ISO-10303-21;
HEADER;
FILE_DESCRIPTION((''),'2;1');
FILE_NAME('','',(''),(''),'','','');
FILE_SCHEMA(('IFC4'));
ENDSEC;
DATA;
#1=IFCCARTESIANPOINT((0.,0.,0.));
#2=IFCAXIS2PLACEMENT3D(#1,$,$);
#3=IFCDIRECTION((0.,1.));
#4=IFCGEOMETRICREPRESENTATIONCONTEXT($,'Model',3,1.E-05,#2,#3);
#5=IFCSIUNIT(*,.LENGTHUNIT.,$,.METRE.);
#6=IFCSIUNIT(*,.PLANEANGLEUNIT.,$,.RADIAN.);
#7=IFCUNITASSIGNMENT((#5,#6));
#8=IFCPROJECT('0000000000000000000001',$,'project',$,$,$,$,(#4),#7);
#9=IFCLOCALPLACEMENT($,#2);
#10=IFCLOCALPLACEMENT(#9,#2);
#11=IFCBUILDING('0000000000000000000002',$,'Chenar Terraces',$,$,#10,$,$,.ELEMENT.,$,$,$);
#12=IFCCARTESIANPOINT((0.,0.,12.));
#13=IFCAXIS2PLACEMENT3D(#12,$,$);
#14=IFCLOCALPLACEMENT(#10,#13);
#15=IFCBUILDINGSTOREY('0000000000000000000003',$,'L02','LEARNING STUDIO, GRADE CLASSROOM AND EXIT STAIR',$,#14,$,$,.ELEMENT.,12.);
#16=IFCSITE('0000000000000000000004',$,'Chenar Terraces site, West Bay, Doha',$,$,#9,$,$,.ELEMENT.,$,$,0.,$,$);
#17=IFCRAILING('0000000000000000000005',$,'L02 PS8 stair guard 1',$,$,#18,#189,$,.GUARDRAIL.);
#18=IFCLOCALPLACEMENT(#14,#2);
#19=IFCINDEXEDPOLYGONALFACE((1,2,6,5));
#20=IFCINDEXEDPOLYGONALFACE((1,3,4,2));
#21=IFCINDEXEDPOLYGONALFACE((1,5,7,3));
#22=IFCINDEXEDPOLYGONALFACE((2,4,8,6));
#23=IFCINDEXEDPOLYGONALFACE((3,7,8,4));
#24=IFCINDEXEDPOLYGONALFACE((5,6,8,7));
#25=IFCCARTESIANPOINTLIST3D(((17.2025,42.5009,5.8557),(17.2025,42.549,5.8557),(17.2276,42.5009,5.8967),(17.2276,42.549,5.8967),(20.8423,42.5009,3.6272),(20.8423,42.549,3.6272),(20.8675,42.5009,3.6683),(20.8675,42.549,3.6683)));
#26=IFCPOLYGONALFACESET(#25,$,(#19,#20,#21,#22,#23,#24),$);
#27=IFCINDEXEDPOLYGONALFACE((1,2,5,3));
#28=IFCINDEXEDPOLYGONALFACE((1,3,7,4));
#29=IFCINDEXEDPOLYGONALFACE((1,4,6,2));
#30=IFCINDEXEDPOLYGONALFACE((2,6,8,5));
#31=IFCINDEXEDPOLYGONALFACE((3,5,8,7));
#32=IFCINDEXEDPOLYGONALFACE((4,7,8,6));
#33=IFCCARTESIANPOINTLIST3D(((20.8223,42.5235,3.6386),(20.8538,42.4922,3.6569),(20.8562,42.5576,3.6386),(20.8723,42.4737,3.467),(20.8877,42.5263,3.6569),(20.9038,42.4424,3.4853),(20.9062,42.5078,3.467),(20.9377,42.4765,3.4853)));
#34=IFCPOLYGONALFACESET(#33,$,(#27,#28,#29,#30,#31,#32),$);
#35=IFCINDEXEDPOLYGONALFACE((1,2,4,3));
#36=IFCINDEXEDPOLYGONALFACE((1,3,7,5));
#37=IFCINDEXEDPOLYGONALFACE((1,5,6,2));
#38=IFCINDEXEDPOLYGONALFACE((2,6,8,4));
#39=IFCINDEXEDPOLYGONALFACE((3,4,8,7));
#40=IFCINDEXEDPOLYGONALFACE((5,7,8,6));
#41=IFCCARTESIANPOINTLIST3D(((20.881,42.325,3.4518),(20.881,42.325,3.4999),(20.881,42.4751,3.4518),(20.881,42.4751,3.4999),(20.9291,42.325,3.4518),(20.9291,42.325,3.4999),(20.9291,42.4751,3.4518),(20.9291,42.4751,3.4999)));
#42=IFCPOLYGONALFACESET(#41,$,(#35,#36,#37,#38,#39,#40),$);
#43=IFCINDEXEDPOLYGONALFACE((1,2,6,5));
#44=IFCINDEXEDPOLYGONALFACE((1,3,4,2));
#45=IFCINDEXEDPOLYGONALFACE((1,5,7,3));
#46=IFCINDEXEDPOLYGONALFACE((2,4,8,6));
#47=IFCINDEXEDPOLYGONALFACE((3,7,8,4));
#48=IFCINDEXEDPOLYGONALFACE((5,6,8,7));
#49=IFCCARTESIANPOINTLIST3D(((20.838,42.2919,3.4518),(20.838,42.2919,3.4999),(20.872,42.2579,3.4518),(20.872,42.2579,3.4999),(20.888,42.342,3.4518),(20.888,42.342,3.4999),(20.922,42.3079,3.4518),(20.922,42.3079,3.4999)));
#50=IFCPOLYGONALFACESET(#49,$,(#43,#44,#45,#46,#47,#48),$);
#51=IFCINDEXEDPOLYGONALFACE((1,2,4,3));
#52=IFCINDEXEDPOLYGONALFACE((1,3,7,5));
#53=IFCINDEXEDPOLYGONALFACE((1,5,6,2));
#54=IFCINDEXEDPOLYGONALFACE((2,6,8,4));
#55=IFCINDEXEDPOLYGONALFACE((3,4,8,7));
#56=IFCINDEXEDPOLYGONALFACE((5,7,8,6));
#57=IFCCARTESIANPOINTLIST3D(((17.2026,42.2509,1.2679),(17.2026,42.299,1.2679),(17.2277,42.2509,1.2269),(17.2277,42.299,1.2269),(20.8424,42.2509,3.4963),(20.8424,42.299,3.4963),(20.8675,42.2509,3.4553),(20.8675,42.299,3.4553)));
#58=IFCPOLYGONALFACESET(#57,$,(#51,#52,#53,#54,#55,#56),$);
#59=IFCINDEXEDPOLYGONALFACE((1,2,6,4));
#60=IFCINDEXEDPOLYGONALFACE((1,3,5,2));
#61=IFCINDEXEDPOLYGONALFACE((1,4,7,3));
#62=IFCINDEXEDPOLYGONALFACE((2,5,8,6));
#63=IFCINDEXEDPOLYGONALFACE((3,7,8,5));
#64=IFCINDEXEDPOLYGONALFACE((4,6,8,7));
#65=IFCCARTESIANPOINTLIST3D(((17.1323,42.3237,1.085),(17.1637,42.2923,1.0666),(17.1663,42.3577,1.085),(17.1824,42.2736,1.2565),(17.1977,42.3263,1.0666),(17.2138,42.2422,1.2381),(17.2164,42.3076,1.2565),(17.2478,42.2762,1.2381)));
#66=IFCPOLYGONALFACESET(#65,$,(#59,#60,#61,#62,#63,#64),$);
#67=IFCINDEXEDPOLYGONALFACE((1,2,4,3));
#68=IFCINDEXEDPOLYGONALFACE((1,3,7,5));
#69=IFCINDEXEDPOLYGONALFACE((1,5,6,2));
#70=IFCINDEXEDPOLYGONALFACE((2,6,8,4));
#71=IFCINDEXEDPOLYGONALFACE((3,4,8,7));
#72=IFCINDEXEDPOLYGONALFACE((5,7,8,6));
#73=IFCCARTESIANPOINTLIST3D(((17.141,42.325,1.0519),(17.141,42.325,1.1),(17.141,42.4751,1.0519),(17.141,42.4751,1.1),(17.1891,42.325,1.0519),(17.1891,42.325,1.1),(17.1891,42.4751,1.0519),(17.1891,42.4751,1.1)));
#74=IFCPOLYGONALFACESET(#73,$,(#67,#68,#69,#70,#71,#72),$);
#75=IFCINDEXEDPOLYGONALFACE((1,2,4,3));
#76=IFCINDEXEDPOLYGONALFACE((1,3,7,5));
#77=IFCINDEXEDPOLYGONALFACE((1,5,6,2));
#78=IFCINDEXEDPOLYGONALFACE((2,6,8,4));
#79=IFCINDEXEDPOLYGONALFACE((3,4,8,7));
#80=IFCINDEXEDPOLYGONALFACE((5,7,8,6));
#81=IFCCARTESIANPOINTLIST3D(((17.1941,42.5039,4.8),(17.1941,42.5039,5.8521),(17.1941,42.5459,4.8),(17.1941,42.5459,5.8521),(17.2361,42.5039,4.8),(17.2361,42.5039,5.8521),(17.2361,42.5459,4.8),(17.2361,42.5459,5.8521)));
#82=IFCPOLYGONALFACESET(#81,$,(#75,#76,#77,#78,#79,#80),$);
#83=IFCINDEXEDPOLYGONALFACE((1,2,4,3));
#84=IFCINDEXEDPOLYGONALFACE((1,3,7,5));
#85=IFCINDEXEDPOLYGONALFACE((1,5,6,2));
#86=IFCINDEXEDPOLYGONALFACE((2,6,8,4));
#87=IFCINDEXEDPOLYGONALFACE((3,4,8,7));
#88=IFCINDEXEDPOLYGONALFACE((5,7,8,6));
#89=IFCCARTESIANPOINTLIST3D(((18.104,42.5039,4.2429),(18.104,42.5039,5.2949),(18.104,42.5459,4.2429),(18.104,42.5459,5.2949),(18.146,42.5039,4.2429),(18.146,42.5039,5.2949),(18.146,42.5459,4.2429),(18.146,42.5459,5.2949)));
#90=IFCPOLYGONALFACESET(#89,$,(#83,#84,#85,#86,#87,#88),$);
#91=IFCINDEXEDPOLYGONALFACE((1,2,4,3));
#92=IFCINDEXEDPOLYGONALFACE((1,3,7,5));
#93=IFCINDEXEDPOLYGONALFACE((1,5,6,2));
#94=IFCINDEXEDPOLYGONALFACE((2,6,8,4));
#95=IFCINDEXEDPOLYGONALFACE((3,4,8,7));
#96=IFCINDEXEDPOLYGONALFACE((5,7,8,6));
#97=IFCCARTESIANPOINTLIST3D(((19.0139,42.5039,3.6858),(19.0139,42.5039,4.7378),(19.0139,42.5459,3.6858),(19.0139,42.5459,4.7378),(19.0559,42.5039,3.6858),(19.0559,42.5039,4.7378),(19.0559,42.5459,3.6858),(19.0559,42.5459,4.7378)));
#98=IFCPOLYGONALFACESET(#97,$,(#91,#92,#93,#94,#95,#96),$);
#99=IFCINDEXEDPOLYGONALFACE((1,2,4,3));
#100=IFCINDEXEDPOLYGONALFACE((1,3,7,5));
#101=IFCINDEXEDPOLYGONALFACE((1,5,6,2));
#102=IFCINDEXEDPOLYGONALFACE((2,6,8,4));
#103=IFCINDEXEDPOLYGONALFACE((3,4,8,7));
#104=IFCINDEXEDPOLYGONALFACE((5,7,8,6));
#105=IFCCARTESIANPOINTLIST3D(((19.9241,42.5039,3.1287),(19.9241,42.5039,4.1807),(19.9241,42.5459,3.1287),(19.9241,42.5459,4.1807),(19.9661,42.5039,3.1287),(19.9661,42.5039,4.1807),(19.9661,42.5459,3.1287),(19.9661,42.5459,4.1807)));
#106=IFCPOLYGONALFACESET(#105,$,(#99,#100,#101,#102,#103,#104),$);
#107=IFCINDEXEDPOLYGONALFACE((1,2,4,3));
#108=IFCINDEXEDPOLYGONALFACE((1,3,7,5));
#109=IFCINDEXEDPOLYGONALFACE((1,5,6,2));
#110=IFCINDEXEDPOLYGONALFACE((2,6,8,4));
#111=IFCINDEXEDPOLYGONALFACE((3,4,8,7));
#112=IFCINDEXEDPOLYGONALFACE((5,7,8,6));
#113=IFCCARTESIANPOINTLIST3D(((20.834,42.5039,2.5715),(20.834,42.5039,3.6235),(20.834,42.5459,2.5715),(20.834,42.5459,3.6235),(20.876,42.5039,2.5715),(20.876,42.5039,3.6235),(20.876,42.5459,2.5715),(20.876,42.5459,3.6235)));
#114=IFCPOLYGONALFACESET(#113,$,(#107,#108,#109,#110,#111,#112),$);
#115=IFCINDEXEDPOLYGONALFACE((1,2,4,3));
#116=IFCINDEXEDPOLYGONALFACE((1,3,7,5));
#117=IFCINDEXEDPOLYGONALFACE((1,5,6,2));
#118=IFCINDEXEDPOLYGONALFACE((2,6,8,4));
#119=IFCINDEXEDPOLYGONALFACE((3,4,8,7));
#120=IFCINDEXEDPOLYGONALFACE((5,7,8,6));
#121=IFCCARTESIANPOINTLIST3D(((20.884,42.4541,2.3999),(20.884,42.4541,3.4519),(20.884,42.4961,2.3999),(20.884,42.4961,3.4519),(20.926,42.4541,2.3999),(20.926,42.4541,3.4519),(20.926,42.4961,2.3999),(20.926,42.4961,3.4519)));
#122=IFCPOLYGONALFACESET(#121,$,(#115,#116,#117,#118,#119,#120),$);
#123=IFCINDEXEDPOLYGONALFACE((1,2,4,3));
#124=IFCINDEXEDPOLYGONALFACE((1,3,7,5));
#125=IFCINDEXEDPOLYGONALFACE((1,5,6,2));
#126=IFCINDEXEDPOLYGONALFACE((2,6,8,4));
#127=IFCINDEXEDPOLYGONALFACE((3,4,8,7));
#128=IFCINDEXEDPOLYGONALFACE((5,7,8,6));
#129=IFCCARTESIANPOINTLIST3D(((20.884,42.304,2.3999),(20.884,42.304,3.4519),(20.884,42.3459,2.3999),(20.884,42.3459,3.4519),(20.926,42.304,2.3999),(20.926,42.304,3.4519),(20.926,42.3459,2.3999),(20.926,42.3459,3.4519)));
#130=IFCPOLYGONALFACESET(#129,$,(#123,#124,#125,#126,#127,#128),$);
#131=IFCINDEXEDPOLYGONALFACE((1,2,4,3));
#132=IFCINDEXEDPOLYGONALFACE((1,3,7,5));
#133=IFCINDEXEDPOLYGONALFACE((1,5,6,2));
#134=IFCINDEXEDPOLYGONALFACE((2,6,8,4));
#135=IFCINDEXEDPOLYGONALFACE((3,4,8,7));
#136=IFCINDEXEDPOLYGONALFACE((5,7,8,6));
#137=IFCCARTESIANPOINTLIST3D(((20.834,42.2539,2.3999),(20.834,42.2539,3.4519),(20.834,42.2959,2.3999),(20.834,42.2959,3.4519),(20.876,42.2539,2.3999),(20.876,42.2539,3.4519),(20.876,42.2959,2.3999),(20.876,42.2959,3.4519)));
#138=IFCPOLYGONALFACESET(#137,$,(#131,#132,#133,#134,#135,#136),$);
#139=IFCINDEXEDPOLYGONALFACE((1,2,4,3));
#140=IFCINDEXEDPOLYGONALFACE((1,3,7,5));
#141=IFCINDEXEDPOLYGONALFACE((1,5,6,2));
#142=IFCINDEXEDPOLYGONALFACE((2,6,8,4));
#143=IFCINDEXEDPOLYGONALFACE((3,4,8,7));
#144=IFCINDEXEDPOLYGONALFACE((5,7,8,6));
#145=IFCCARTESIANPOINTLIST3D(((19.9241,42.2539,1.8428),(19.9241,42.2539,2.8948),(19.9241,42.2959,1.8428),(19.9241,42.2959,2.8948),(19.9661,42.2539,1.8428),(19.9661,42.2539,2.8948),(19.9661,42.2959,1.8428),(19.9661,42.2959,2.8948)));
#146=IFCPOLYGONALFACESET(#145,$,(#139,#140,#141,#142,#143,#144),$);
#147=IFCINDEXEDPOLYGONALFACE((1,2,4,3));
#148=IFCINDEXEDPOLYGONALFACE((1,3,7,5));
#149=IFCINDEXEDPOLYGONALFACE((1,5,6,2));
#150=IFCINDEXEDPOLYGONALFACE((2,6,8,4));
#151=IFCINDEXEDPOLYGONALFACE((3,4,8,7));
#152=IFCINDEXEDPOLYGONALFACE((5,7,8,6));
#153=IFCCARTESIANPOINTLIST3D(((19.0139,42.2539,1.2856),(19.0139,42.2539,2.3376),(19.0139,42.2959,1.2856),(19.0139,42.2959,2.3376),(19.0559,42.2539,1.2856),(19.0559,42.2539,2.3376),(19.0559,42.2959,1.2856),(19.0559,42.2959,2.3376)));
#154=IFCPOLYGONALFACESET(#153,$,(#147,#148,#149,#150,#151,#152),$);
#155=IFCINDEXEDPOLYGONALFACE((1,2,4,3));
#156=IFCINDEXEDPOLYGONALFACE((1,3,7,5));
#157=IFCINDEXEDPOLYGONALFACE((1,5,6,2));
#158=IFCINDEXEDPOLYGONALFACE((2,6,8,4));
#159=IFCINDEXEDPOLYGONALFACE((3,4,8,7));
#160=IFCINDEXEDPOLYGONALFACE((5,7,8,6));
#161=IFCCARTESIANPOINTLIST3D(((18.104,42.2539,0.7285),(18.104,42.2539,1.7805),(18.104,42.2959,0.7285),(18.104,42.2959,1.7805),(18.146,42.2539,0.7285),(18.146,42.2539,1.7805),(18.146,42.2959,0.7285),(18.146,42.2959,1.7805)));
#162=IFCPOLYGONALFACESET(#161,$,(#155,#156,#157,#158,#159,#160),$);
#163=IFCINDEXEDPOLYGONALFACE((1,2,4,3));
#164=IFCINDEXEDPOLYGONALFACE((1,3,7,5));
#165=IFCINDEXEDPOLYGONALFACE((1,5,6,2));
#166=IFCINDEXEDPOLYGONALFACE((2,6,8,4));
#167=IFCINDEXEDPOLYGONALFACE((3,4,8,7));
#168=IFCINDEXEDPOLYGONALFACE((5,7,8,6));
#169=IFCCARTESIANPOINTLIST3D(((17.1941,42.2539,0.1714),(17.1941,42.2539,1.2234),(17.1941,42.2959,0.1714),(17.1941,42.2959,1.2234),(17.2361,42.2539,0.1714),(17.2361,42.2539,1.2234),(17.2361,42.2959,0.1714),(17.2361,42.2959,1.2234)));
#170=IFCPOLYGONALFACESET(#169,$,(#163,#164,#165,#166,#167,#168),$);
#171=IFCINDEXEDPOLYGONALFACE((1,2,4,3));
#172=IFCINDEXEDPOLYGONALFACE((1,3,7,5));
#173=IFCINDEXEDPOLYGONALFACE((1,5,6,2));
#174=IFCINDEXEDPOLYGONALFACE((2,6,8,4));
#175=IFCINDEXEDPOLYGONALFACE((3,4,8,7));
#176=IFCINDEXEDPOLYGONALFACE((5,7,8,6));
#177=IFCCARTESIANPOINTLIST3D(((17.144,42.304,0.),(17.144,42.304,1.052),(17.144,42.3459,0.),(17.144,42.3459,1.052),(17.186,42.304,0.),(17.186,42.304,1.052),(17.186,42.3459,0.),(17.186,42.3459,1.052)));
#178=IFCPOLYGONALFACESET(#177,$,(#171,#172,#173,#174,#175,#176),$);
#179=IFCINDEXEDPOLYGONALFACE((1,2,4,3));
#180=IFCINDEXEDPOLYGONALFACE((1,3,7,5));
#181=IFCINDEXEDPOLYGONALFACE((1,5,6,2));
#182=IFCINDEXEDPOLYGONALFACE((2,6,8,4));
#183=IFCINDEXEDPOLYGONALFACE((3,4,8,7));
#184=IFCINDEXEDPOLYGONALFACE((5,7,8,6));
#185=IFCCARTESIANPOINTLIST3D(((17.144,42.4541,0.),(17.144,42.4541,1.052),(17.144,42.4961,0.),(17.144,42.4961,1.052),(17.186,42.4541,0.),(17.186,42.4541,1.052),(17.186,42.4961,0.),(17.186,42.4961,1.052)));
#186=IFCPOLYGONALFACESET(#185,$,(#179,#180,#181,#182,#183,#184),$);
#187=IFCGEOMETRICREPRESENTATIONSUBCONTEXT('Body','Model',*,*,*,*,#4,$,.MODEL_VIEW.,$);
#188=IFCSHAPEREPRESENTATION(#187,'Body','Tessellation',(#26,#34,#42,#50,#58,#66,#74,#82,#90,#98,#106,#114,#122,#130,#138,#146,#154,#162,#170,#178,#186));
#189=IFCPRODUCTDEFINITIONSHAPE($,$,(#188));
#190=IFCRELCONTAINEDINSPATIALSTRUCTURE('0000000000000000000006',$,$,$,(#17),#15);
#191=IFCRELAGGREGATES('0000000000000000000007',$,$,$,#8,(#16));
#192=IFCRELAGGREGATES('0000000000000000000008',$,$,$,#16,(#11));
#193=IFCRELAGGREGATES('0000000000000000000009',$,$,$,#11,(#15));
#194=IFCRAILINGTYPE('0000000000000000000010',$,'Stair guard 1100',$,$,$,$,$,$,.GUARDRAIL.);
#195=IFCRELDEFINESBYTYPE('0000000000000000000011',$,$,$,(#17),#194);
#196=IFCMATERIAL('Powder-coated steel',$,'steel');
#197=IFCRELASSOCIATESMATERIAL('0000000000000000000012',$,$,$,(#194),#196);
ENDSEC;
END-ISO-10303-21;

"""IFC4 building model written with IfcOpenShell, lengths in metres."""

from ifc_helpers import new_model, si_unit, direction, frame, origin, origin_2d, place, context, subcontext, project, spatial, rectangle, extrude, material, type_object, element, save


model = new_model("IFC4")

# Units and contexts
model_context = context("Model", 3, precision=1e-05, world=origin(), true_north=direction((0.0, 1.0)))
body_context = subcontext(model_context, "Body", "Model", "MODEL_VIEW")
ifc_project = project(units=[si_unit("LENGTHUNIT", "METRE"), si_unit("PLANEANGLEUNIT", "RADIAN")], contexts=[model_context])

# Site, building, storey
site_placement = place(None, origin())
site = spatial("IfcSite", under=ifc_project, at=site_placement, Name="Chenar Terraces site, West Bay, Doha", CompositionType="ELEMENT", RefElevation=0.0)
building_placement = place(site_placement, origin())
building = spatial("IfcBuilding", under=site, at=building_placement, Name="Chenar Terraces", CompositionType="ELEMENT")
storey_placement = place(building_placement, frame((0.0, 0.0, 12.0)))
storey = spatial("IfcBuildingStorey", under=building, at=storey_placement, Name="L02", Description="LEARNING STUDIO, GRADE CLASSROOM AND EXIT STAIR", CompositionType="ELEMENT", Elevation=12.0)

# Railing
ifc_material_1 = material(Name="Powder-coated steel", Category="steel")
railing_type_1 = type_object("IfcRailingType", Name="Stair guard 1100", PredefinedType="GUARDRAIL", material=ifc_material_1)
railing_1_placement = place(storey_placement, frame((17.2151, 42.5249, 4.8)))
element("IfcRailing", 1, at=railing_1_placement, inside=storey, type_object=railing_type_1, Name="L02 PS8 stair guard 1", PredefinedType="GUARDRAIL", context=body_context, shape_type="SweptSolid", body=[
    extrude(rectangle(XDim=0.0481, YDim=0.0481, at=origin_2d()), frame((0.0, 0.0, 1.0762), z_axis=(0.85285, 0.0, -0.522156), x_axis=(0.0, 1.0, 0.0)), (0.0, 0.0, 1.0), 4.2678),
    extrude(rectangle(XDim=0.0481, YDim=0.0481, at=origin_2d()), frame((3.6399, 0.0, -1.1523), z_axis=(0.269678, -0.268363, -0.9248), x_axis=(0.705376, 0.708834, 0.0)), (0.0, 0.0, 1.0), 0.1855),
    extrude(rectangle(XDim=0.0481, YDim=0.0481, at=origin_2d()), frame((3.6899, -0.0498, -1.3242), z_axis=(0.0, -1.0, 0.0), x_axis=(1.0, 0.0, 0.0)), (0.0, 0.0, 1.0), 0.1501),
    extrude(rectangle(XDim=0.0481, YDim=0.0481, at=origin_2d()), frame((3.6899, -0.2, -1.3242), z_axis=(-0.707107, -0.707107, 0.0), x_axis=(0.707107, -0.707107, 0.0)), (0.0, 0.0, 1.0), 0.0708),
    extrude(rectangle(XDim=0.0481, YDim=0.0481, at=origin_2d()), frame((3.6399, -0.25, -1.3242), z_axis=(-0.85285, 0.0, -0.522156), x_axis=(0.0, -1.0, 0.0)), (0.0, 0.0, 1.0), 4.2678),
    extrude(rectangle(XDim=0.0481, YDim=0.0481, at=origin_2d()), frame((0.0, -0.25, -3.5527), z_axis=(-0.269911, 0.269911, -0.924281), x_axis=(-0.707107, -0.707107, 0.0)), (0.0, 0.0, 1.0), 0.1855),
    extrude(rectangle(XDim=0.0481, YDim=0.0481, at=origin_2d()), frame((-0.05, -0.2, -3.7241), z_axis=(0.0, 1.0, 0.0), x_axis=(-1.0, 0.0, 0.0)), (0.0, 0.0, 1.0), 0.1501),
    extrude(rectangle(XDim=0.042, YDim=0.042, at=origin_2d()), origin(), (0.0, 0.0, 1.0), 1.052),
    extrude(rectangle(XDim=0.042, YDim=0.042, at=origin_2d()), frame((0.9099, 0.0, -0.5571)), (0.0, 0.0, 1.0), 1.052),
    extrude(rectangle(XDim=0.042, YDim=0.042, at=origin_2d()), frame((1.8198, 0.0, -1.1143)), (0.0, 0.0, 1.0), 1.052),
    extrude(rectangle(XDim=0.042, YDim=0.042, at=origin_2d()), frame((2.73, 0.0, -1.6714)), (0.0, 0.0, 1.0), 1.052),
    extrude(rectangle(XDim=0.042, YDim=0.042, at=origin_2d()), frame((3.6399, 0.0, -2.2285)), (0.0, 0.0, 1.0), 1.052),
    extrude(rectangle(XDim=0.042, YDim=0.042, at=origin_2d()), frame((3.6899, -0.0498, -2.4001)), (0.0, 0.0, 1.0), 1.052),
    extrude(rectangle(XDim=0.042, YDim=0.042, at=origin_2d()), frame((3.6899, -0.2, -2.4001)), (0.0, 0.0, 1.0), 1.052),
    extrude(rectangle(XDim=0.042, YDim=0.042, at=origin_2d()), frame((3.6399, -0.25, -2.4001)), (0.0, 0.0, 1.0), 1.052),
    extrude(rectangle(XDim=0.042, YDim=0.042, at=origin_2d()), frame((2.73, -0.25, -2.9573)), (0.0, 0.0, 1.0), 1.052),
    extrude(rectangle(XDim=0.042, YDim=0.042, at=origin_2d()), frame((1.8198, -0.25, -3.5144)), (0.0, 0.0, 1.0), 1.052),
    extrude(rectangle(XDim=0.042, YDim=0.042, at=origin_2d()), frame((0.9099, -0.25, -4.0715)), (0.0, 0.0, 1.0), 1.052),
    extrude(rectangle(XDim=0.042, YDim=0.042, at=origin_2d()), frame((0.0, -0.25, -4.6287)), (0.0, 0.0, 1.0), 1.052),
    extrude(rectangle(XDim=0.042, YDim=0.042, at=origin_2d()), frame((-0.05, -0.2, -4.8)), (0.0, 0.0, 1.0), 1.052),
    extrude(rectangle(XDim=0.042, YDim=0.042, at=origin_2d()), frame((-0.05, -0.0498, -4.8)), (0.0, 0.0, 1.0), 1.052),
])

save(model, "model.ifc")
